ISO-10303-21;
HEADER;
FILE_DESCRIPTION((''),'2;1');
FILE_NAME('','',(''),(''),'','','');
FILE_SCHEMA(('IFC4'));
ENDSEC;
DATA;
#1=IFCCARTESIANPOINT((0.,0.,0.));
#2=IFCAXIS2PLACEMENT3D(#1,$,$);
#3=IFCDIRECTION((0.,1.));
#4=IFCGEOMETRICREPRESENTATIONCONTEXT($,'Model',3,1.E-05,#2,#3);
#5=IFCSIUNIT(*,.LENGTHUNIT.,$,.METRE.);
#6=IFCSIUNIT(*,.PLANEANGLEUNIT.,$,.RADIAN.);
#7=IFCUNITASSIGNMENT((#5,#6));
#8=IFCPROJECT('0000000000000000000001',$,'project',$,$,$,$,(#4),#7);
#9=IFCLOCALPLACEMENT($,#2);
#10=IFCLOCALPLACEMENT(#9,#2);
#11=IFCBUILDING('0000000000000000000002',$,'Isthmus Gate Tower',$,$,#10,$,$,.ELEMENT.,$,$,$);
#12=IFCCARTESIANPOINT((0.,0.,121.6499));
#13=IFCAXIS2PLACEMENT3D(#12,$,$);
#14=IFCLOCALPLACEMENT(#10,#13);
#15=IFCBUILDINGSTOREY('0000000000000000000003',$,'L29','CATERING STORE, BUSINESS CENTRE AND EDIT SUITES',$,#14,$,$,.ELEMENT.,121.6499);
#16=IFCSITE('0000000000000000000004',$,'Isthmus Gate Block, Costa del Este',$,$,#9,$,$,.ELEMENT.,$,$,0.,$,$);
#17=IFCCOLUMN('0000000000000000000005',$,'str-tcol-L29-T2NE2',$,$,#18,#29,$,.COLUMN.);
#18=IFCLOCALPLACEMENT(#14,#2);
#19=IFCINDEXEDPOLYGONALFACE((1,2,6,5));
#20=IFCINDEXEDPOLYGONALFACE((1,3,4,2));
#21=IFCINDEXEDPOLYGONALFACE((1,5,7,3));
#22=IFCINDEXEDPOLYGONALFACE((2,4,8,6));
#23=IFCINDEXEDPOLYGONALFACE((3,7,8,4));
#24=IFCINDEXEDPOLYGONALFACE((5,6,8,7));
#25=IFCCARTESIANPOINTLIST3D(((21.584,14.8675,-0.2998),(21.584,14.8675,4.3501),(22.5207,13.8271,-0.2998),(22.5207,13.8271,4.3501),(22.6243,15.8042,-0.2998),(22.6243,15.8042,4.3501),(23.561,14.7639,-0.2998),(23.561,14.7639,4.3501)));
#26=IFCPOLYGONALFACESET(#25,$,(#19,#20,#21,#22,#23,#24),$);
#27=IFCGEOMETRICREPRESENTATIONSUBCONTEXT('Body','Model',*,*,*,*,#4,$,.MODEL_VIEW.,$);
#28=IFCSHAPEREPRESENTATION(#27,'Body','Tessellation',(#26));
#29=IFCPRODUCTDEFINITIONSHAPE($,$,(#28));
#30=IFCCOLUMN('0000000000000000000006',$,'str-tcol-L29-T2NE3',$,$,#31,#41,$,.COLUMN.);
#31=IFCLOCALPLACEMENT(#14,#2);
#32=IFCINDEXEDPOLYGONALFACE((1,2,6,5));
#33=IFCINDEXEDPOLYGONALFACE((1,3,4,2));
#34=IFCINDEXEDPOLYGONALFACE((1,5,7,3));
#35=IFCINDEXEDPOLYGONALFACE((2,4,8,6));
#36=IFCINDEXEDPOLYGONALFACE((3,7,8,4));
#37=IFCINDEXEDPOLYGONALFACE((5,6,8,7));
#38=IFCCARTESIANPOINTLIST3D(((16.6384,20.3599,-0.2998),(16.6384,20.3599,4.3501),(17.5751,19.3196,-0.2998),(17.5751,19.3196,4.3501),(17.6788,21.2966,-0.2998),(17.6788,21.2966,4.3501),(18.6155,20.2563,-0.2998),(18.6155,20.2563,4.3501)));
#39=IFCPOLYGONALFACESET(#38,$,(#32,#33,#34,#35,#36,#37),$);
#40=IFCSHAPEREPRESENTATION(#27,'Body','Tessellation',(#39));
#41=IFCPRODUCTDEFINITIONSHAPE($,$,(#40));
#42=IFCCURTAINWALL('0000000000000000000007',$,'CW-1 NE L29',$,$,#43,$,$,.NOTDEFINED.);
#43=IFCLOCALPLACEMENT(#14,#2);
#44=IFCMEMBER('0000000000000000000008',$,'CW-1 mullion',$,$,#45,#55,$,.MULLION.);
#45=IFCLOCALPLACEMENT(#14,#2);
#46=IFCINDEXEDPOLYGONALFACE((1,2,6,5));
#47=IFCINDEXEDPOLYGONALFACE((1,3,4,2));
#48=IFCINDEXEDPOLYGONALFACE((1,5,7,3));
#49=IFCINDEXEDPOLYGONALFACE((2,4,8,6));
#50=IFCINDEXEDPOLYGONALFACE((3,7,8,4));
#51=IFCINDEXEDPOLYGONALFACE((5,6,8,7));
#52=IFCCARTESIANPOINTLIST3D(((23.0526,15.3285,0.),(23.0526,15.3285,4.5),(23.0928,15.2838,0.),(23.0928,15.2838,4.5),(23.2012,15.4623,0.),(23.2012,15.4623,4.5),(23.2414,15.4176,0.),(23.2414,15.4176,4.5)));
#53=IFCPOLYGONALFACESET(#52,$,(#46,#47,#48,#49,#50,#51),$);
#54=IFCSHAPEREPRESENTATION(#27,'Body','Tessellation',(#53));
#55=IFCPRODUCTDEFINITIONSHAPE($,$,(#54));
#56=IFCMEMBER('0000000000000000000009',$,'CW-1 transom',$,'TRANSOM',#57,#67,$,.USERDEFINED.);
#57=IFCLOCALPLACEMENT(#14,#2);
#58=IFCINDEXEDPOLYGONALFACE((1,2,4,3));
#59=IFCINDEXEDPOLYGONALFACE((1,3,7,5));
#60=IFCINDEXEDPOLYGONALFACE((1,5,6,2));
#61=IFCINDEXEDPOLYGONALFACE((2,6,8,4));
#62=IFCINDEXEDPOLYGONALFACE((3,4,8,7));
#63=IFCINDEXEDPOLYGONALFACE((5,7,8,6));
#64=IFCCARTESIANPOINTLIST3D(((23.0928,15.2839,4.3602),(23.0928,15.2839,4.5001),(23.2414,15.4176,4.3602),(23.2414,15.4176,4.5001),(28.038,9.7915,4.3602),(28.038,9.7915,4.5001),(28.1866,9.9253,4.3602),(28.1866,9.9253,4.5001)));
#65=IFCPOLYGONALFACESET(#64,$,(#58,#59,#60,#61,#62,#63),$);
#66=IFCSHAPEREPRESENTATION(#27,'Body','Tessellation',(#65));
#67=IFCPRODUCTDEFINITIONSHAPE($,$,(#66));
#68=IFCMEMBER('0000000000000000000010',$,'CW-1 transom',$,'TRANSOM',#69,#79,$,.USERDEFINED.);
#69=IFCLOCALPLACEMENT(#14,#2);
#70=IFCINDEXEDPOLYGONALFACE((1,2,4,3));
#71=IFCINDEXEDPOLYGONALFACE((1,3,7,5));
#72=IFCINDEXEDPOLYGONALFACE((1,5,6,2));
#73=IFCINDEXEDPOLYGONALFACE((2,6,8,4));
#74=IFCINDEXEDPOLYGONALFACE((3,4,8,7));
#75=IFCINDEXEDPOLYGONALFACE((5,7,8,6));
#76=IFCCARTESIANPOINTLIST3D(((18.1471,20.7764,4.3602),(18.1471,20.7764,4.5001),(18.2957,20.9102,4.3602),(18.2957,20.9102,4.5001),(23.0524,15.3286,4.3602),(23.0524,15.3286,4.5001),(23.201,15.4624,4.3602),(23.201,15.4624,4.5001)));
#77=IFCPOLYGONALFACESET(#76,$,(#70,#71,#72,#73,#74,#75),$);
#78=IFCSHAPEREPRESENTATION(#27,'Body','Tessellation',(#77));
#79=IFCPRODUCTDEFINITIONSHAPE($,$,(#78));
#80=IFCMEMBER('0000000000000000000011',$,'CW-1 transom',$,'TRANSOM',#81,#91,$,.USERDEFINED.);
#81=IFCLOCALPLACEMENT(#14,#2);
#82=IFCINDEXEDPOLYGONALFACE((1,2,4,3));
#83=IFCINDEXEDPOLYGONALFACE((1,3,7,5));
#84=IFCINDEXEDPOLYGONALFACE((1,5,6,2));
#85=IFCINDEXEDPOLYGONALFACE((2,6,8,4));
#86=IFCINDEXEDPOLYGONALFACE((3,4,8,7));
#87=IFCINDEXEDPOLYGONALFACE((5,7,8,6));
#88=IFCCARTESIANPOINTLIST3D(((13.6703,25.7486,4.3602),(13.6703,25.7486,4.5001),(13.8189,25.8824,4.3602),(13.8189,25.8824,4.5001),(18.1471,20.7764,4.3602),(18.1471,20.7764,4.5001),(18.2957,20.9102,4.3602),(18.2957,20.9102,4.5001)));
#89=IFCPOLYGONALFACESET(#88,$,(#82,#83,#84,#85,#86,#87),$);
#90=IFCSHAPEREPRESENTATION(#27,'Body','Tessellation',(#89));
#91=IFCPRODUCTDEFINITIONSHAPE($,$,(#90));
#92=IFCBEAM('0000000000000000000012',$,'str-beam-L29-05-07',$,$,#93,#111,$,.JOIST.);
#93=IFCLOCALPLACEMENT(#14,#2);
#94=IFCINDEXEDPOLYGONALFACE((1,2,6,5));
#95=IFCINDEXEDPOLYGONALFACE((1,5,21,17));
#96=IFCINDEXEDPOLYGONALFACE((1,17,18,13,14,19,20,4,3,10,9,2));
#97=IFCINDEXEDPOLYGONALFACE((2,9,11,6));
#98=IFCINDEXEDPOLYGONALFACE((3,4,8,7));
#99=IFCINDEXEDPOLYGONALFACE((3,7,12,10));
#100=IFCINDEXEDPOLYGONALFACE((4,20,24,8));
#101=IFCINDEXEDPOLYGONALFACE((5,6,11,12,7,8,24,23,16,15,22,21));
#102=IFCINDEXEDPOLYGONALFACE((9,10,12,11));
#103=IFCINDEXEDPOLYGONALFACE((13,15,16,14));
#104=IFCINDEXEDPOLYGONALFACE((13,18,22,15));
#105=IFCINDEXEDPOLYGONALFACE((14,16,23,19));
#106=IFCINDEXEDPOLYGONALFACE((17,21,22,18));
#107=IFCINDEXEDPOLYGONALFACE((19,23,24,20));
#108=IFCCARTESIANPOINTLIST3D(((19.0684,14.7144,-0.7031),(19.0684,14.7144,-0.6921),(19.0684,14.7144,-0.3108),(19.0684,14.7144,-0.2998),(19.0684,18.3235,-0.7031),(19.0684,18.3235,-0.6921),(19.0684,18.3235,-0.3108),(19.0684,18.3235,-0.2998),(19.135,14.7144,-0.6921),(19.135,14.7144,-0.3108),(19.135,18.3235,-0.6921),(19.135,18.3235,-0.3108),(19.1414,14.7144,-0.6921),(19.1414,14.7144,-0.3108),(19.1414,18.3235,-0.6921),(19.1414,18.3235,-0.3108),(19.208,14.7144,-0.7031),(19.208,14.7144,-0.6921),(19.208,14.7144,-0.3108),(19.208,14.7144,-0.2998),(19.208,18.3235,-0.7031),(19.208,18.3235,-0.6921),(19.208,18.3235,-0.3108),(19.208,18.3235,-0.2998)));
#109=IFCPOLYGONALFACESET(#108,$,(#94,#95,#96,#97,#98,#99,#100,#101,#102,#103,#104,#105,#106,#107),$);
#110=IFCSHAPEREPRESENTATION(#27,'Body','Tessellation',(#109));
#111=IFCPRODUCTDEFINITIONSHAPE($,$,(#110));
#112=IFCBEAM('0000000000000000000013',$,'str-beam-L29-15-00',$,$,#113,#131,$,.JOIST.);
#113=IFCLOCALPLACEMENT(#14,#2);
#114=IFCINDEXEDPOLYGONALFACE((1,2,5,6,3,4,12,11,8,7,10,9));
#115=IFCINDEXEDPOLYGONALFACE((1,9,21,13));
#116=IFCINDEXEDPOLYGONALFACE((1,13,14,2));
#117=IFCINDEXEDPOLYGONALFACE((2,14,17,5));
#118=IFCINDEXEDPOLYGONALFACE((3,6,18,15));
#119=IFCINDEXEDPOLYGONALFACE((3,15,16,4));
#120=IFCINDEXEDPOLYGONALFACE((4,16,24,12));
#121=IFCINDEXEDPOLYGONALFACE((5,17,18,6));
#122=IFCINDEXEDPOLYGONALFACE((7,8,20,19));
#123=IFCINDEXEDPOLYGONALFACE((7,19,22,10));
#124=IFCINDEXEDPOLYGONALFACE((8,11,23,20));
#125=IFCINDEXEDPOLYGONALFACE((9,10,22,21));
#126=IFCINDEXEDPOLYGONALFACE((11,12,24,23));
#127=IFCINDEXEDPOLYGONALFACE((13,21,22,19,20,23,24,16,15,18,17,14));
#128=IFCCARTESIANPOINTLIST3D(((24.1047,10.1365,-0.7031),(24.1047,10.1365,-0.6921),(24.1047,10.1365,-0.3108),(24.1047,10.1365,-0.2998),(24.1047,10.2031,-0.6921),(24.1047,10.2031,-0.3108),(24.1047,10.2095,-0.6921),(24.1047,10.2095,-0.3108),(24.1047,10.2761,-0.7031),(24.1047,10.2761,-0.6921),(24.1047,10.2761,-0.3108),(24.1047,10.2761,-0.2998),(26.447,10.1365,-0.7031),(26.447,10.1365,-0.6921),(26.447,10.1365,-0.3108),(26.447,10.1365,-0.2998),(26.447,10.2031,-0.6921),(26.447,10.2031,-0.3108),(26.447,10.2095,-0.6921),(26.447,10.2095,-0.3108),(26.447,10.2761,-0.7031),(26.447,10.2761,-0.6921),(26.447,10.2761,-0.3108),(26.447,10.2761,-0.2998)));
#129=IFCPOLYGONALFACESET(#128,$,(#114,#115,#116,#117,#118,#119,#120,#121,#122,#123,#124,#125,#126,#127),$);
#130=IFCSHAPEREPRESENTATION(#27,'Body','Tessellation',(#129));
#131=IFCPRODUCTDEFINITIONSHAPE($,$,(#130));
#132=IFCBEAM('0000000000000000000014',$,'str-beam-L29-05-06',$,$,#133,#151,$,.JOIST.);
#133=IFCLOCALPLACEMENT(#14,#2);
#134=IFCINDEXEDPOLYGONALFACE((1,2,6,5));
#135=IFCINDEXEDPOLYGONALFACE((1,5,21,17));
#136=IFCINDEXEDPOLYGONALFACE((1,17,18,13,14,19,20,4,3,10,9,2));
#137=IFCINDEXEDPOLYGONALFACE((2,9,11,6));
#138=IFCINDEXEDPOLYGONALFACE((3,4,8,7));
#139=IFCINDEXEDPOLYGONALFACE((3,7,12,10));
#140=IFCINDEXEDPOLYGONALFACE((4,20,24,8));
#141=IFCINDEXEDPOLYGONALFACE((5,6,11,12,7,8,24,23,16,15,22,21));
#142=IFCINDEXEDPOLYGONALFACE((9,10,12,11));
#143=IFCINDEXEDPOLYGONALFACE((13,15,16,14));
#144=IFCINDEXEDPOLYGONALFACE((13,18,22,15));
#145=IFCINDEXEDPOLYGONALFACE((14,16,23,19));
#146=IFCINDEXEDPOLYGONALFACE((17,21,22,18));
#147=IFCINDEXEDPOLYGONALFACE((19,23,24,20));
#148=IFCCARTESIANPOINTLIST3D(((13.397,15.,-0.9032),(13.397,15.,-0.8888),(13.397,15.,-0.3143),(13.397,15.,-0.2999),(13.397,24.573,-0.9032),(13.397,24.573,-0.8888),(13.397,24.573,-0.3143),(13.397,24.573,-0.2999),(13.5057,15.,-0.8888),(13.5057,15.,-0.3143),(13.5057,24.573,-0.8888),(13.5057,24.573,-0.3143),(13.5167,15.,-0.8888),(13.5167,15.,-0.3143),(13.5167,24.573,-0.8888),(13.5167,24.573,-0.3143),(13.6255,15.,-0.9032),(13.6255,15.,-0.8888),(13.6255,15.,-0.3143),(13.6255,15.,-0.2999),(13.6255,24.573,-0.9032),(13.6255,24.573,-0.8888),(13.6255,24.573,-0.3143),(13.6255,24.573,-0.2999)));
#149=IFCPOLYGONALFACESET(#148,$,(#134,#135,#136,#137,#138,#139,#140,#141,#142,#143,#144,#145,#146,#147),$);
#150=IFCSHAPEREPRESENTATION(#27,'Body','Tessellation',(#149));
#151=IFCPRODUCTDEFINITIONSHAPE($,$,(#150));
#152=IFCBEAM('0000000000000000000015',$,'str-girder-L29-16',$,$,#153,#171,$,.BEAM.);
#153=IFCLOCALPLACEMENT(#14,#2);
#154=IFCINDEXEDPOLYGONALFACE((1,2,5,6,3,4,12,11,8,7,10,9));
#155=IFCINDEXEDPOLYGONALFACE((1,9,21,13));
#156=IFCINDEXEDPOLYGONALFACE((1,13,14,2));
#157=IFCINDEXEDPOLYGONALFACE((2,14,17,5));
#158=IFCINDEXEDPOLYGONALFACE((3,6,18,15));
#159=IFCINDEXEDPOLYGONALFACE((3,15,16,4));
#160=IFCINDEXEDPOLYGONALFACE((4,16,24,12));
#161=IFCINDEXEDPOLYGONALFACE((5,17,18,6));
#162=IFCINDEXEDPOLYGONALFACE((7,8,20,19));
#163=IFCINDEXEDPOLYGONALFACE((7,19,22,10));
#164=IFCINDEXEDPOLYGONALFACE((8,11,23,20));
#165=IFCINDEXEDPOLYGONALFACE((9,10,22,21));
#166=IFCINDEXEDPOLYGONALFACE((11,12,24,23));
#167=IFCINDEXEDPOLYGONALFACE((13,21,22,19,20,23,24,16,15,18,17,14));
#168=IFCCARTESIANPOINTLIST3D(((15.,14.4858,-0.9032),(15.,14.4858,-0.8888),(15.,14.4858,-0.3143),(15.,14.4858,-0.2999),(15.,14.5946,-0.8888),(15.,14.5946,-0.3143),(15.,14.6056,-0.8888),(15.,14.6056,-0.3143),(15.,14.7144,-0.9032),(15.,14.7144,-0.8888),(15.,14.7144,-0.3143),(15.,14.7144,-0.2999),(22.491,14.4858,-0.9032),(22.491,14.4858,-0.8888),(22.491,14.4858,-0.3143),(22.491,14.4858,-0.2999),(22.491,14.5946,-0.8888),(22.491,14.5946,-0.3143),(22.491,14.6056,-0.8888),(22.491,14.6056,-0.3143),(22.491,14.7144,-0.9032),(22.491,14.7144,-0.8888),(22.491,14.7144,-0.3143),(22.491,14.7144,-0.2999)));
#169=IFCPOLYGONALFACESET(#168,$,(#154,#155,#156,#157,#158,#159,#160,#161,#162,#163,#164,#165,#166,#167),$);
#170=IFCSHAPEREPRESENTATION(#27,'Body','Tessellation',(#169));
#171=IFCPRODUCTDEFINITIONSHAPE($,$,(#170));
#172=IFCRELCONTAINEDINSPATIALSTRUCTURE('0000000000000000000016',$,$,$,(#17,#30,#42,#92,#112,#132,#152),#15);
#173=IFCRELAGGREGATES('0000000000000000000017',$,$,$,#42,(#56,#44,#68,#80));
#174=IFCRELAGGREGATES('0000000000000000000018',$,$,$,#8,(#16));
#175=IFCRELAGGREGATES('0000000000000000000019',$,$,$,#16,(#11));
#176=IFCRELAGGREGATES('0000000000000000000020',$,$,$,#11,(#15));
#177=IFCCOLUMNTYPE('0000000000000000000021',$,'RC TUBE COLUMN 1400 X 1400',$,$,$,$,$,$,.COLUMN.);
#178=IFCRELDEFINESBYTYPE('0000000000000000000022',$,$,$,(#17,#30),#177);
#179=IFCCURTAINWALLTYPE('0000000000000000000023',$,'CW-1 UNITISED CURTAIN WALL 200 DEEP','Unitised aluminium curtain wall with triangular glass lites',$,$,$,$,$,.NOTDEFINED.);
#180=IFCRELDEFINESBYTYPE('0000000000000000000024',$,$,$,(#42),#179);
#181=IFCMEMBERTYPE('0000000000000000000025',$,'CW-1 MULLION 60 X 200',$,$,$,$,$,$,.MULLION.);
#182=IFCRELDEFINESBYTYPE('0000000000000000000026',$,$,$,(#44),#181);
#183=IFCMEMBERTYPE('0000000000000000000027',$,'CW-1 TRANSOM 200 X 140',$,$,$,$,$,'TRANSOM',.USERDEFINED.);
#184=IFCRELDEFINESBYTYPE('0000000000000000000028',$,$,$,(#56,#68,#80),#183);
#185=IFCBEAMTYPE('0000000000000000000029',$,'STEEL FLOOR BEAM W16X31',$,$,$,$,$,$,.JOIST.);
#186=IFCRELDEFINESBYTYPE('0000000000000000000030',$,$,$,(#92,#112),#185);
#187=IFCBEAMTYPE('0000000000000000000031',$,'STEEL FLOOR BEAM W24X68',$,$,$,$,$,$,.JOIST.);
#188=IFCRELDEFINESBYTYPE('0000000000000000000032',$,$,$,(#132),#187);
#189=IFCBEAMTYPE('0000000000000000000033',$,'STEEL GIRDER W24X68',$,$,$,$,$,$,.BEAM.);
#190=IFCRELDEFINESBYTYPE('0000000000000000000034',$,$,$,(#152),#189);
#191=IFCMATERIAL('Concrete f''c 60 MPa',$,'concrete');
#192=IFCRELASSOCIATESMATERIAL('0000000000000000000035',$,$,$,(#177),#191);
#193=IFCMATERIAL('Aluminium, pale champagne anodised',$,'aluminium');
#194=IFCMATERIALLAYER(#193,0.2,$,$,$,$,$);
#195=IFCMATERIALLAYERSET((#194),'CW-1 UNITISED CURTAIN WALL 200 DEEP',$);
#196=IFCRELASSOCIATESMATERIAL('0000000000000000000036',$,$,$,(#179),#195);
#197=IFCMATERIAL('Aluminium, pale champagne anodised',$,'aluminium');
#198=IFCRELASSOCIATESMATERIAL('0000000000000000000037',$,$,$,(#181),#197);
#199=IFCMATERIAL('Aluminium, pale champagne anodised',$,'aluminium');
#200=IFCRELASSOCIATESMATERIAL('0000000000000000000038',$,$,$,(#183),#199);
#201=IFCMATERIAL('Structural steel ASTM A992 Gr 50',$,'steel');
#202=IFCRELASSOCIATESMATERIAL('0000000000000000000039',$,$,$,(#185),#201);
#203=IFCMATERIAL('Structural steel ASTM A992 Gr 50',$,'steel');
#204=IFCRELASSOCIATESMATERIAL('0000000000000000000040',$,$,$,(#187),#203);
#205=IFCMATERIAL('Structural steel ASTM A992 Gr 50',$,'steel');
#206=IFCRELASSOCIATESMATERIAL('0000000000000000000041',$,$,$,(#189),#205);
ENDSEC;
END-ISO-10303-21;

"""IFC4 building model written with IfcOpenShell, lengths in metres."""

from ifc_helpers import new_model, si_unit, direction, frame, origin, origin_2d, place, context, subcontext, project, spatial, rectangle, i_section, extrude, material, layer, layer_set, material_profile, profile_set, type_object, element, aggregate, save


model = new_model("IFC4")

# Units and contexts
model_context = context("Model", 3, precision=1e-05, world=origin(), true_north=direction((0.0, 1.0)))
body_context = subcontext(model_context, "Body", "Model", "MODEL_VIEW")
ifc_project = project(units=[si_unit("LENGTHUNIT", "METRE"), si_unit("PLANEANGLEUNIT", "RADIAN")], contexts=[model_context])

# Site, building, storey
site_placement = place(None, origin())
site = spatial("IfcSite", under=ifc_project, at=site_placement, Name="Isthmus Gate Block, Costa del Este", CompositionType="ELEMENT", RefElevation=0.0)
building_placement = place(site_placement, origin())
building = spatial("IfcBuilding", under=site, at=building_placement, Name="Isthmus Gate Tower", CompositionType="ELEMENT")
storey_placement = place(building_placement, frame((0.0, 0.0, 121.6499)))
storey = spatial("IfcBuildingStorey", under=building, at=storey_placement, Name="L29", Description="CATERING STORE, BUSINESS CENTRE AND EDIT SUITES", CompositionType="ELEMENT", Elevation=121.6499)

# Columns
ifc_material_1 = material(Name="Concrete f'c 60 MPa", Category="concrete")
ifc_material_profile_1 = material_profile(ifc_material_1, rectangle(XDim=1.3999, YDim=1.3999, at=origin_2d()), Name="RC 1400X1400")
ifc_profile_set_1 = profile_set([ifc_material_profile_1], Name="Concrete f'c 60 MPa")
column_type = type_object("IfcColumnType", Name="RC TUBE COLUMN 1400 X 1400", PredefinedType="COLUMN", material=ifc_profile_set_1)
for number, where, z_axis, x_axis, name in (
    (1, (22.5725, 14.8157, -0.2998), (0.0, 0.0, 1.0), (-0.669131, 0.743145, 0.0), "str-tcol-L29-T2NE2"),
    (2, (17.627, 20.3081, -0.2998), (0.0, 0.0, 1.0), (-0.669131, 0.743145, 0.0), "str-tcol-L29-T2NE3"),
):
    element("IfcColumn", number, at=place(storey_placement, frame(where, z_axis=z_axis, x_axis=x_axis)), inside=storey, type_object=column_type, Name=name, PredefinedType="COLUMN", context=body_context, shape_type="SweptSolid", body=[
        extrude(rectangle(XDim=1.3999, YDim=1.3999, at=origin_2d()), origin(), (0.0, 0.0, 1.0), 4.6499),
    ])

# Curtain wall, members
ifc_material_2 = material(Name="Aluminium, pale champagne anodised", Category="aluminium")
ifc_layer_1 = layer(ifc_material_2, 0.2)
ifc_layer_set_1 = layer_set([ifc_layer_1], Name="CW-1 UNITISED CURTAIN WALL 200 DEEP")
curtain_wall_type = type_object("IfcCurtainWallType", Name="CW-1 UNITISED CURTAIN WALL 200 DEEP", Description="Unitised aluminium curtain wall with triangular glass lites", PredefinedType="NOTDEFINED", material=ifc_layer_set_1)
curtain_wall_placement = place(storey_placement, origin())
curtain_wall = element("IfcCurtainWall", 3, at=curtain_wall_placement, inside=storey, type_object=curtain_wall_type, Name="CW-1 NE L29", PredefinedType="NOTDEFINED")
ifc_material_3 = material(Name="Aluminium, pale champagne anodised", Category="aluminium")
ifc_material_profile_2 = material_profile(ifc_material_3, rectangle(XDim=0.0601, YDim=0.2, at=origin_2d()), Name="60x200")
ifc_profile_set_2 = profile_set([ifc_material_profile_2], Name="Aluminium, pale champagne anodised")
member_type_1 = type_object("IfcMemberType", Name="CW-1 MULLION 60 X 200", PredefinedType="MULLION", material=ifc_profile_set_2)
member_1_placement = place(storey_placement, frame((23.147, 15.373, 0.0), z_axis=(0.0, 0.0, 1.0), x_axis=(-0.669131, 0.743145, 0.0)))
member_1 = element("IfcMember", 4, at=member_1_placement, type_object=member_type_1, Name="CW-1 mullion", PredefinedType="MULLION", context=body_context, shape_type="SweptSolid", body=[
    extrude(rectangle(XDim=0.0601, YDim=0.2, at=origin_2d()), origin(), (0.0, 0.0, 1.0), 4.5),
])
ifc_material_4 = material(Name="Aluminium, pale champagne anodised", Category="aluminium")
ifc_material_profile_3 = material_profile(ifc_material_4, rectangle(XDim=0.2, YDim=0.1399, at=origin_2d()), Name="200x140")
ifc_profile_set_3 = profile_set([ifc_material_profile_3], Name="Aluminium, pale champagne anodised")
member_type_2 = type_object("IfcMemberType", Name="CW-1 TRANSOM 200 X 140", ElementType="TRANSOM", PredefinedType="USERDEFINED", material=ifc_profile_set_3)
member_2_placement = place(storey_placement, frame((28.1123, 9.8584, 4.4302), z_axis=(-0.669123, 0.743151, 0.0), x_axis=(-0.743151, -0.669123, 0.0)))
member_2 = element("IfcMember", 5, at=member_2_placement, type_object=member_type_2, Name="CW-1 transom", ObjectType="TRANSOM", PredefinedType="USERDEFINED", context=body_context, shape_type="SweptSolid", body=[
    extrude(rectangle(XDim=0.2, YDim=0.1399, at=origin_2d()), origin(), (0.0, 0.0, 1.0), 7.3906),
])
member_3_placement = place(storey_placement, frame((23.1267, 15.3955, 4.4302), z_axis=(-0.669138, 0.743138, 0.0), x_axis=(-0.743138, -0.669138, 0.0)))
member_3 = element("IfcMember", 6, at=member_3_placement, type_object=member_type_2, Name="CW-1 transom", ObjectType="TRANSOM", PredefinedType="USERDEFINED", context=body_context, shape_type="SweptSolid", body=[
    extrude(rectangle(XDim=0.2, YDim=0.1399, at=origin_2d()), origin(), (0.0, 0.0, 1.0), 7.3308),
])
member_4_placement = place(storey_placement, frame((18.2214, 20.8433, 4.4302), z_axis=(-0.669118, 0.743156, 0.0), x_axis=(-0.743156, -0.669118, 0.0)))
member_4 = element("IfcMember", 7, at=member_4_placement, type_object=member_type_2, Name="CW-1 transom", ObjectType="TRANSOM", PredefinedType="USERDEFINED", context=body_context, shape_type="SweptSolid", body=[
    extrude(rectangle(XDim=0.2, YDim=0.1399, at=origin_2d()), origin(), (0.0, 0.0, 1.0), 6.6907),
])

# Beams
ifc_material_5 = material(Name="Structural steel ASTM A992 Gr 50", Category="steel")
ifc_material_profile_4 = material_profile(ifc_material_5, i_section(OverallWidth=0.1396, OverallDepth=0.4033, WebThickness=0.0063, FlangeThickness=0.011, at=origin_2d()), Name="W16X31")
ifc_profile_set_4 = profile_set([ifc_material_profile_4], Name="Structural steel ASTM A992 Gr 50")
beam_type_1 = type_object("IfcBeamType", Name="STEEL FLOOR BEAM W16X31", PredefinedType="JOIST", material=ifc_profile_set_4)
beam_1_placement = place(storey_placement, frame((19.1382, 14.7144, -0.5015), z_axis=(0.0, 1.0, 0.0), x_axis=(-1.0, 0.0, 0.0)))
element("IfcBeam", 8, at=beam_1_placement, inside=storey, type_object=beam_type_1, Name="str-beam-L29-05-07", PredefinedType="JOIST", context=body_context, shape_type="SweptSolid", body=[
    extrude(i_section(OverallWidth=0.1396, OverallDepth=0.4033, WebThickness=0.0063, FlangeThickness=0.011, at=origin_2d()), origin(), (0.0, 0.0, 1.0), 3.6091),
])
beam_2_placement = place(storey_placement, frame((24.1047, 10.2063, -0.5015), z_axis=(1.0, 0.0, 0.0), x_axis=(0.0, 1.0, 0.0)))
element("IfcBeam", 9, at=beam_2_placement, inside=storey, type_object=beam_type_1, Name="str-beam-L29-15-00", PredefinedType="JOIST", context=body_context, shape_type="SweptSolid", body=[
    extrude(i_section(OverallWidth=0.1396, OverallDepth=0.4033, WebThickness=0.0063, FlangeThickness=0.011, at=origin_2d()), origin(), (0.0, 0.0, 1.0), 2.3423),
])
ifc_material_6 = material(Name="Structural steel ASTM A992 Gr 50", Category="steel")
ifc_material_profile_5 = material_profile(ifc_material_6, i_section(OverallWidth=0.2285, OverallDepth=0.6033, WebThickness=0.011, FlangeThickness=0.0144, at=origin_2d()), Name="W24X68")
ifc_profile_set_5 = profile_set([ifc_material_profile_5], Name="Structural steel ASTM A992 Gr 50")
beam_type_2 = type_object("IfcBeamType", Name="STEEL FLOOR BEAM W24X68", PredefinedType="JOIST", material=ifc_profile_set_5)
beam_3_placement = place(storey_placement, frame((13.5112, 15.0, -0.6016), z_axis=(0.0, 1.0, 0.0), x_axis=(-1.0, 0.0, 0.0)))
element("IfcBeam", 10, at=beam_3_placement, inside=storey, type_object=beam_type_2, Name="str-beam-L29-05-06", PredefinedType="JOIST", context=body_context, shape_type="SweptSolid", body=[
    extrude(i_section(OverallWidth=0.2285, OverallDepth=0.6033, WebThickness=0.011, FlangeThickness=0.0144, at=origin_2d()), origin(), (0.0, 0.0, 1.0), 9.573),
])
ifc_material_7 = material(Name="Structural steel ASTM A992 Gr 50", Category="steel")
ifc_material_profile_6 = material_profile(ifc_material_7, i_section(OverallWidth=0.2285, OverallDepth=0.6033, WebThickness=0.011, FlangeThickness=0.0144, at=origin_2d()), Name="W24X68")
ifc_profile_set_6 = profile_set([ifc_material_profile_6], Name="Structural steel ASTM A992 Gr 50")
beam_type_3 = type_object("IfcBeamType", Name="STEEL GIRDER W24X68", PredefinedType="BEAM", material=ifc_profile_set_6)
beam_4_placement = place(storey_placement, frame((15.0, 14.6001, -0.6016), z_axis=(1.0, 0.0, 0.0), x_axis=(0.0, 1.0, 0.0)))
element("IfcBeam", 11, at=beam_4_placement, inside=storey, type_object=beam_type_3, Name="str-girder-L29-16", PredefinedType="BEAM", context=body_context, shape_type="SweptSolid", body=[
    extrude(i_section(OverallWidth=0.2285, OverallDepth=0.6033, WebThickness=0.011, FlangeThickness=0.0144, at=origin_2d()), origin(), (0.0, 0.0, 1.0), 7.491),
])

aggregate(curtain_wall, [member_2, member_1, member_3, member_4])

save(model, "model.ifc")
